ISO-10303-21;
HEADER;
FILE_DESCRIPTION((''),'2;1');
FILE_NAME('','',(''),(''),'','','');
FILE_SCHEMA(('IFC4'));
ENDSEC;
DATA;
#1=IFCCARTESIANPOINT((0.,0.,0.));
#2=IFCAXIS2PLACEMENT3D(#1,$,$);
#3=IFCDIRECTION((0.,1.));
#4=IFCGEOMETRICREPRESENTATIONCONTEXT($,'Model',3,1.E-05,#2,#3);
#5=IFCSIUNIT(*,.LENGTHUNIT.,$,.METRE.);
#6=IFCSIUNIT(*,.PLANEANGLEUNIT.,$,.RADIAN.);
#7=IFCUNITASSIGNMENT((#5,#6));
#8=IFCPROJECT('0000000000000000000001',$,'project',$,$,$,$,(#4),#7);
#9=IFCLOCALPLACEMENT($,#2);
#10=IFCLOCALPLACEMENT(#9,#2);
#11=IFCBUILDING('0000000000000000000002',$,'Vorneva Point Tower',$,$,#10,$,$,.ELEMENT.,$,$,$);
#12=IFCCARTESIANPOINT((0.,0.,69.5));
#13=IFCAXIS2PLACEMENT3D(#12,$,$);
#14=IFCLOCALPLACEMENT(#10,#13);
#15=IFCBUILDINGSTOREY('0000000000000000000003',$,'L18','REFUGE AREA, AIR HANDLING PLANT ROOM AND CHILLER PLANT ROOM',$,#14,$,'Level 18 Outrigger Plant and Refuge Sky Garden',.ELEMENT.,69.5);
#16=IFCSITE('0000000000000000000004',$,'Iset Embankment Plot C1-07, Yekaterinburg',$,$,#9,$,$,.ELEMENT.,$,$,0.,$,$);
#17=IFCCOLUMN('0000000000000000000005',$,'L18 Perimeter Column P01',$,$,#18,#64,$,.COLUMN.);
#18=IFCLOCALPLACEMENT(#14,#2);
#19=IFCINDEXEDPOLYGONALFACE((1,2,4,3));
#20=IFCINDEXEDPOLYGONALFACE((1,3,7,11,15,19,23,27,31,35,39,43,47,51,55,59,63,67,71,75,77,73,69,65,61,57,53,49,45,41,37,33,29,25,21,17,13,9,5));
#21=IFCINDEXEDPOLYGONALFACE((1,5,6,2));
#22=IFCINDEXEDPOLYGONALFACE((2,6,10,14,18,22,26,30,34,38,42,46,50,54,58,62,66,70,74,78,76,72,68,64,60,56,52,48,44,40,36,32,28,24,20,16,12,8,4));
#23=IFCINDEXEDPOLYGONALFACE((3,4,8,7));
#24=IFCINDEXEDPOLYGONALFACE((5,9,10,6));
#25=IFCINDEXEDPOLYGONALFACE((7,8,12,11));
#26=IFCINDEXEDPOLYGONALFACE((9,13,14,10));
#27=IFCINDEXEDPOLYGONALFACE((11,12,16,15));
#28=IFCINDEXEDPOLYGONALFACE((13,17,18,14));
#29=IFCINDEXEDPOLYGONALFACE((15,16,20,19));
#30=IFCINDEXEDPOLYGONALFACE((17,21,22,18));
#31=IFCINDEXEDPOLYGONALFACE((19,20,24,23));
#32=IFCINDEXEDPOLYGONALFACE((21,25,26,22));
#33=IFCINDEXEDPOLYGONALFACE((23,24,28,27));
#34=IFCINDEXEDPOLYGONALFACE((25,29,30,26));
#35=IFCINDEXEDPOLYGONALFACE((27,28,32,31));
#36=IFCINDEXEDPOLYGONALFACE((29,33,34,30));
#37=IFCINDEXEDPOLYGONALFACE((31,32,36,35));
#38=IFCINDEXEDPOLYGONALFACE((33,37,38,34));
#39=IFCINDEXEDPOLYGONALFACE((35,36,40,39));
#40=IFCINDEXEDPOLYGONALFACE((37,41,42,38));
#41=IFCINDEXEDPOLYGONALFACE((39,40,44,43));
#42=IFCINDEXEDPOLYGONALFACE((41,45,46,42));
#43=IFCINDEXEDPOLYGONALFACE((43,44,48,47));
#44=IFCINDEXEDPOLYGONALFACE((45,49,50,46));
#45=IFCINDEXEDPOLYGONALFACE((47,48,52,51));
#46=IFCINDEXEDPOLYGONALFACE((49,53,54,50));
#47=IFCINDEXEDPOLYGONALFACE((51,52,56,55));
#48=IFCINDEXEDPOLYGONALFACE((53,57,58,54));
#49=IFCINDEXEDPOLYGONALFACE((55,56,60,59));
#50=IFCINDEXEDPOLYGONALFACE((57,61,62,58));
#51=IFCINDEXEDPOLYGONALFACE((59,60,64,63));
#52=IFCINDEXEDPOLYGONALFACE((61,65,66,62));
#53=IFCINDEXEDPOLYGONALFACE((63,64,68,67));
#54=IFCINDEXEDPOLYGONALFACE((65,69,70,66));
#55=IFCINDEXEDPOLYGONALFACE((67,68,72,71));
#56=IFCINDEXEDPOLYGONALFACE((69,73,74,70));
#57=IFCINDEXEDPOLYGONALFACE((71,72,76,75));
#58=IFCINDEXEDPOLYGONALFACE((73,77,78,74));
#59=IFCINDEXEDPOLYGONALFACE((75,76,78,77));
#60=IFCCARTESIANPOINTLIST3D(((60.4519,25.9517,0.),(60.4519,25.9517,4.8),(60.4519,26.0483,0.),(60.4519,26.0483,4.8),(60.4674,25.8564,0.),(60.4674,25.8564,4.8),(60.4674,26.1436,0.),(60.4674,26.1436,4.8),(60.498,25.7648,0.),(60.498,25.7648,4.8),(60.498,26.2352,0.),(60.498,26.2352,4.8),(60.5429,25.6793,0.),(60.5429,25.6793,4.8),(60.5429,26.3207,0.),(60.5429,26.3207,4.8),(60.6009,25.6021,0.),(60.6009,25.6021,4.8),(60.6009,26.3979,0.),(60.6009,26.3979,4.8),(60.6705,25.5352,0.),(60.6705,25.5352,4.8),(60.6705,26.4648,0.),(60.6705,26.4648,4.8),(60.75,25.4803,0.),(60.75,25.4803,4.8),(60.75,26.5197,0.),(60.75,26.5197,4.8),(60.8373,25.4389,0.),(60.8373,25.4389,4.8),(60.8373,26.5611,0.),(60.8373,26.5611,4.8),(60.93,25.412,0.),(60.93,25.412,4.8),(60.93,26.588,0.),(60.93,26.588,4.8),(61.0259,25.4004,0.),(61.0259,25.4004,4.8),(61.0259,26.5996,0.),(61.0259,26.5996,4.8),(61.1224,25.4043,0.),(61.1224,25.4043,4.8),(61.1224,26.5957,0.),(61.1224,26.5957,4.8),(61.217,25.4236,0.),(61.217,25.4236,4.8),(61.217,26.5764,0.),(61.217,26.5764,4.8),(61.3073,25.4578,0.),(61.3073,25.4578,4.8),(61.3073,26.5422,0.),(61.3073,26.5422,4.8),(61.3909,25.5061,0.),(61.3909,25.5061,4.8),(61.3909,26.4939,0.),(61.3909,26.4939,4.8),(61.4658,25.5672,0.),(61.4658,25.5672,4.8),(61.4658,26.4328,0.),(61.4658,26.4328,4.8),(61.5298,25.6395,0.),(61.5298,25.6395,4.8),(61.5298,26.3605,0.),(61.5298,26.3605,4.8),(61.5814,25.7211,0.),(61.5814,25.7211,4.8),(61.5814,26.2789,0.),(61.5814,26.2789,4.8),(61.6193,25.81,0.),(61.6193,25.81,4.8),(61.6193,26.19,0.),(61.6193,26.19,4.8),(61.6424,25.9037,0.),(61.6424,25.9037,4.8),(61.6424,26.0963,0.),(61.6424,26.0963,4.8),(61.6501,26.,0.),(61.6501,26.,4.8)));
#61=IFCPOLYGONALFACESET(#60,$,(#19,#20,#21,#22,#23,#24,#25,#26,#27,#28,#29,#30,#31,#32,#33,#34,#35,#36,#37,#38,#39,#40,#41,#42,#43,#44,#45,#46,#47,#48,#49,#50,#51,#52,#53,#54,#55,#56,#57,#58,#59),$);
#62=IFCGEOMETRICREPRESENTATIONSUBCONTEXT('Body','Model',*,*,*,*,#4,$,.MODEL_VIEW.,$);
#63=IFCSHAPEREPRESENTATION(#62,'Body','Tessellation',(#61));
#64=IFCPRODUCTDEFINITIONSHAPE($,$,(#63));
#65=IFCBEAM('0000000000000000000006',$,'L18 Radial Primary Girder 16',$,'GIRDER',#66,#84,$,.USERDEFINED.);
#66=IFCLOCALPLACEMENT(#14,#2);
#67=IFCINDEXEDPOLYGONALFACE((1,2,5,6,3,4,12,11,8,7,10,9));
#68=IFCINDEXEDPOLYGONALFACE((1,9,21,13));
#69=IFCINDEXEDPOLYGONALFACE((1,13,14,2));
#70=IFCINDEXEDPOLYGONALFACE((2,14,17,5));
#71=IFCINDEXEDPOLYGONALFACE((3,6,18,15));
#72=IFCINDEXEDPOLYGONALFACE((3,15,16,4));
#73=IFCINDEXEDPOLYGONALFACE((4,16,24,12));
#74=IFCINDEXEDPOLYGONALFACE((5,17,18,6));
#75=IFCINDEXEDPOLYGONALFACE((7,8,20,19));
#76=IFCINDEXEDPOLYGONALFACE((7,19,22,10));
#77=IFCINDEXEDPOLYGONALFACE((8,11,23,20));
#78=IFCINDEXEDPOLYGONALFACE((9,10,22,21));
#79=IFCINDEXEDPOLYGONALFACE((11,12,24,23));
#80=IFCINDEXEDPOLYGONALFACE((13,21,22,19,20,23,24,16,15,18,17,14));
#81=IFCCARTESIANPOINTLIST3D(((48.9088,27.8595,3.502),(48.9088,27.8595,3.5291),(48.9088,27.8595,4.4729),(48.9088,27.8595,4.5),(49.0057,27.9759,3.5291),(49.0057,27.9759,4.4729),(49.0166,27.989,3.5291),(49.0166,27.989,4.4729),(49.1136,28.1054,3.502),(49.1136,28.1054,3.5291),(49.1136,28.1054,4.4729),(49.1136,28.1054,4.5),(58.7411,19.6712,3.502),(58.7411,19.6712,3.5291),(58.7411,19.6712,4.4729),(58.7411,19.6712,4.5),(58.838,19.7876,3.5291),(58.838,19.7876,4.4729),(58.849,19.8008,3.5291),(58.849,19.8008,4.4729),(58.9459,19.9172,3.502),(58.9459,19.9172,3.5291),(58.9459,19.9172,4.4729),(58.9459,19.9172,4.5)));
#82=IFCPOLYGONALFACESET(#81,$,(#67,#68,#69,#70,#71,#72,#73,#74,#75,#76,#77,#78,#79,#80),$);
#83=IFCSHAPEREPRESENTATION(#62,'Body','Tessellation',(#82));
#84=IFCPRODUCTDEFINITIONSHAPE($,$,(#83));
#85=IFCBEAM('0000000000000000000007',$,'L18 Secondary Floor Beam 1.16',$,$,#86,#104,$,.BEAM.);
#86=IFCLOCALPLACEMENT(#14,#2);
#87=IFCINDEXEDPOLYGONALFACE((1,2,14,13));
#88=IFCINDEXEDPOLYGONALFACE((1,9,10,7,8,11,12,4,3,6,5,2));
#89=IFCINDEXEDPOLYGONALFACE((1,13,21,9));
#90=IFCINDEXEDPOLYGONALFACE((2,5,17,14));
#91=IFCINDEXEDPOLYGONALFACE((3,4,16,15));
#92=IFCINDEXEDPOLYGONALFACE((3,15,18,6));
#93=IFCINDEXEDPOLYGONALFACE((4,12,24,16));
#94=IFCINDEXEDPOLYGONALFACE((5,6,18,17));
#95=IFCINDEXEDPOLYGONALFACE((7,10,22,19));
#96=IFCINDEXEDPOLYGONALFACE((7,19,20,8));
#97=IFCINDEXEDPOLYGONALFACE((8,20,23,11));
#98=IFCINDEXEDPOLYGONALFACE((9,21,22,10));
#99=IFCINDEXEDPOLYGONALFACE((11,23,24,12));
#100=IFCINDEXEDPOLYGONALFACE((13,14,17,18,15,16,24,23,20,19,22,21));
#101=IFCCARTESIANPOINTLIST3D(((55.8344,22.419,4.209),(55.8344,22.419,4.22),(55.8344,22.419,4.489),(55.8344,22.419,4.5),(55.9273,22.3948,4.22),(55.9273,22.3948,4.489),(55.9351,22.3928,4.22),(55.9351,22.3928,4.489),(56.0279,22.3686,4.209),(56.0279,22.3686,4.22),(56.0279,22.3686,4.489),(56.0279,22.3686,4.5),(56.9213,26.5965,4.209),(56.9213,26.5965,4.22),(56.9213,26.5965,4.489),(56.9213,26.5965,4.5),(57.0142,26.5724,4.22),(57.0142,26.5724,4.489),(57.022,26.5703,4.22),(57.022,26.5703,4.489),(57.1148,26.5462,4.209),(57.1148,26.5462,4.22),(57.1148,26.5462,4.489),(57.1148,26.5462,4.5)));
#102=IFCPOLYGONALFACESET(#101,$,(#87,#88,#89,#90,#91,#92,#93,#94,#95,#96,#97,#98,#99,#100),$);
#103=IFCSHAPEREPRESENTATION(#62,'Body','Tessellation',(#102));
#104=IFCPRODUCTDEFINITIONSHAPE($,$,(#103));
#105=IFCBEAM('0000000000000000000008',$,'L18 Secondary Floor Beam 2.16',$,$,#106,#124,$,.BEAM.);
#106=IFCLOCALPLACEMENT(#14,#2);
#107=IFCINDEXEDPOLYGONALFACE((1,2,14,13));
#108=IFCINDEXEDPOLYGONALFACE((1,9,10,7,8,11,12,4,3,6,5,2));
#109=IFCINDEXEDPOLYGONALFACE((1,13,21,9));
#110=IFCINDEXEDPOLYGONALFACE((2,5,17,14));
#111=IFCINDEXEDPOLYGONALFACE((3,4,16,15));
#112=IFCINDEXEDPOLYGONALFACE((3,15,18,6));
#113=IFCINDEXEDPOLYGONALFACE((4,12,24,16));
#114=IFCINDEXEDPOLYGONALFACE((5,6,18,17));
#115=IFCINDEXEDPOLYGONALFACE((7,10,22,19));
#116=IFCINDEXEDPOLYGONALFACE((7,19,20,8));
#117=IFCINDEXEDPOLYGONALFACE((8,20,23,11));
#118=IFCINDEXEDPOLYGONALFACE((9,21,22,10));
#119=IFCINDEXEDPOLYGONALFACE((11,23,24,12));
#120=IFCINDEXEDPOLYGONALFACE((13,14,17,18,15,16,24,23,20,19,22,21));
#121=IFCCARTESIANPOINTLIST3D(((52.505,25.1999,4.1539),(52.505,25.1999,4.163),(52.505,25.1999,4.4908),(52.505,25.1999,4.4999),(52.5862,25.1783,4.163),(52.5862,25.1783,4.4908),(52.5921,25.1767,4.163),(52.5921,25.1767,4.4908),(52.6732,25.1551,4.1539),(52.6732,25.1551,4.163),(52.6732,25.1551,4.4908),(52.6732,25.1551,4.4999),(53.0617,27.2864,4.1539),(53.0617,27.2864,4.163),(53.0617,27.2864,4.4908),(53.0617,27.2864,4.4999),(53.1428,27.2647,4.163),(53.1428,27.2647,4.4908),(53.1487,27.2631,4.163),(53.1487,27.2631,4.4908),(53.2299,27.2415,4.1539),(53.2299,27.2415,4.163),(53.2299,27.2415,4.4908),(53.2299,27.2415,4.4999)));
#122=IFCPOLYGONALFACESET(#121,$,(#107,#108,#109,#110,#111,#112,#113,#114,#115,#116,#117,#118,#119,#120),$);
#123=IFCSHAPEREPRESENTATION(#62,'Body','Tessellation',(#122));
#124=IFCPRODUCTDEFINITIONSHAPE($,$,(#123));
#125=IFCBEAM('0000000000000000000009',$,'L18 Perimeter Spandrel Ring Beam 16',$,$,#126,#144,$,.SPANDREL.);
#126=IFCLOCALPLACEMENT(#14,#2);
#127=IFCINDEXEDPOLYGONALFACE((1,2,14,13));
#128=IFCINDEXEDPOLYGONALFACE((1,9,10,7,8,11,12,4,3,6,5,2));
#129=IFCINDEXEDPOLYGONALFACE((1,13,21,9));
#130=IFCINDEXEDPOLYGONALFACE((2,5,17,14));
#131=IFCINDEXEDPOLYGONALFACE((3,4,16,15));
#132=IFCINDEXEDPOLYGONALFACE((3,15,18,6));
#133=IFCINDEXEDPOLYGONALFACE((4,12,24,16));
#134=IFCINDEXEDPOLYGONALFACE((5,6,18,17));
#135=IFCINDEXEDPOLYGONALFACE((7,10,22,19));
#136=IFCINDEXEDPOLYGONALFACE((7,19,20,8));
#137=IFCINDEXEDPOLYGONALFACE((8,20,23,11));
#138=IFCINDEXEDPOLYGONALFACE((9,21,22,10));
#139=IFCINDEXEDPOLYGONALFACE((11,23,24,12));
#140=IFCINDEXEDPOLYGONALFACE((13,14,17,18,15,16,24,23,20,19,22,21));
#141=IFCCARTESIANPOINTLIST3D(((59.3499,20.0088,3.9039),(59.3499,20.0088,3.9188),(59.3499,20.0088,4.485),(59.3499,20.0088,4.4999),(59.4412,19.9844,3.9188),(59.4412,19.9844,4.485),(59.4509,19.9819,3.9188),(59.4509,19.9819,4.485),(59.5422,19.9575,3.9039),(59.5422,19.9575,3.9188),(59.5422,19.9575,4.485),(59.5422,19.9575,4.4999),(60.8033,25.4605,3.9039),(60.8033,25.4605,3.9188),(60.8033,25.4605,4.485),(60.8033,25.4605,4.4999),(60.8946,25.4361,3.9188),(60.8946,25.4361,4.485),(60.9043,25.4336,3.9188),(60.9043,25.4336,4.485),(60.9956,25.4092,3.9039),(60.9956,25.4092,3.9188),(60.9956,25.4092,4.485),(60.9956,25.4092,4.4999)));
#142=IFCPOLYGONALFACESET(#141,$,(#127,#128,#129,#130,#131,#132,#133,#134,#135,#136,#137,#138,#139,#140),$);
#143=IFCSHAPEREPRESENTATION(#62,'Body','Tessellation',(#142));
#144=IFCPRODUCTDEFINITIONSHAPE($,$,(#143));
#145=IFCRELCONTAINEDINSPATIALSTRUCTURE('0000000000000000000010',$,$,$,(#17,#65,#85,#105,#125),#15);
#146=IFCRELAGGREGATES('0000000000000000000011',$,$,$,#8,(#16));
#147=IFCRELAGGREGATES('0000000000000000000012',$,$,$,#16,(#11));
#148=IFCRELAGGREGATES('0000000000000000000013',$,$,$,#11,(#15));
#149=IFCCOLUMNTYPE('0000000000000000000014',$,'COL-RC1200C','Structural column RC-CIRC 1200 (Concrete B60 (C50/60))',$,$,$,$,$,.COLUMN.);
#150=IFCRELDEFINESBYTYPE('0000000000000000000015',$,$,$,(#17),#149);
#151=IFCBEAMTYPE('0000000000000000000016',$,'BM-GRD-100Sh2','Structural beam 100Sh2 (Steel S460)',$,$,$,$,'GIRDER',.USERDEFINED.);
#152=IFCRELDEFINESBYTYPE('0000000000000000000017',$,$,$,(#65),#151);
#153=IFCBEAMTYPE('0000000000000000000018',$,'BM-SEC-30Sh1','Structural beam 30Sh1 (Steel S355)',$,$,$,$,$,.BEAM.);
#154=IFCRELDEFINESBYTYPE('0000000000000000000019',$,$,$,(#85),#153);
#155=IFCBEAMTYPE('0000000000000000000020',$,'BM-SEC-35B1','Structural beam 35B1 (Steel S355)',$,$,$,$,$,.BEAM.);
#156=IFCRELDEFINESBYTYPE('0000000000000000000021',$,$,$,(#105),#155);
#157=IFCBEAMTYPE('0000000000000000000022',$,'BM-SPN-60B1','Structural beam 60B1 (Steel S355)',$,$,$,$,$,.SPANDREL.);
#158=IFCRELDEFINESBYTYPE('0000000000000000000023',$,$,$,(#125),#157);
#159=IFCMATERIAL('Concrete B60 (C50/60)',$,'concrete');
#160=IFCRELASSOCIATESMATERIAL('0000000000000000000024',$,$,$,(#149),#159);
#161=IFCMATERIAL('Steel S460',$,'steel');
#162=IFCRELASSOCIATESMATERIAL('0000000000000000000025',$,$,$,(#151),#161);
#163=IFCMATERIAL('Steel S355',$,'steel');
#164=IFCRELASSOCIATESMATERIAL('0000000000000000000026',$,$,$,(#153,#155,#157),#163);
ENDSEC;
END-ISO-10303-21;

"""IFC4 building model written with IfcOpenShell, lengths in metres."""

from ifc_helpers import new_model, si_unit, direction, frame, origin, origin_2d, place, context, subcontext, project, spatial, circle, i_section, extrude, material, material_profile, profile_set, type_object, element, save


model = new_model("IFC4")

# Units and contexts
model_context = context("Model", 3, precision=1e-05, world=origin(), true_north=direction((0.0, 1.0)))
body_context = subcontext(model_context, "Body", "Model", "MODEL_VIEW")
ifc_project = project(units=[si_unit("LENGTHUNIT", "METRE"), si_unit("PLANEANGLEUNIT", "RADIAN")], contexts=[model_context])

# Site, building, storey
site_placement = place(None, origin())
site = spatial("IfcSite", under=ifc_project, at=site_placement, Name="Iset Embankment Plot C1-07, Yekaterinburg", CompositionType="ELEMENT", RefElevation=0.0)
building_placement = place(site_placement, origin())
building = spatial("IfcBuilding", under=site, at=building_placement, Name="Vorneva Point Tower", CompositionType="ELEMENT")
storey_placement = place(building_placement, frame((0.0, 0.0, 69.5)))
storey = spatial("IfcBuildingStorey", under=building, at=storey_placement, Name="L18", Description="REFUGE AREA, AIR HANDLING PLANT ROOM AND CHILLER PLANT ROOM", LongName="Level 18 Outrigger Plant and Refuge Sky Garden", CompositionType="ELEMENT", Elevation=69.5)

# Column
ifc_material_1 = material(Name="Concrete B60 (C50/60)", Category="concrete")
ifc_material_profile_1 = material_profile(ifc_material_1, circle(Radius=0.6001, at=origin_2d()), Name="RC-CIRC 1200")
ifc_profile_set_1 = profile_set([ifc_material_profile_1], Name="Concrete B60 (C50/60)")
column_type = type_object("IfcColumnType", Name="COL-RC1200C", Description="Structural column RC-CIRC 1200 (Concrete B60 (C50/60))", PredefinedType="COLUMN", material=ifc_profile_set_1)
for number, where, z_axis, x_axis, name in (
    (1, (61.05, 26.0, 0.0), (0.0, 0.0, 1.0), (1.0, 0.0, 0.0), "L18 Perimeter Column P01"),
):
    element("IfcColumn", number, at=place(storey_placement, frame(where, z_axis=z_axis, x_axis=x_axis)), inside=storey, type_object=column_type, Name=name, PredefinedType="COLUMN", context=body_context, shape_type="SweptSolid", body=[
        extrude(circle(Radius=0.6001, at=origin_2d()), origin(), (0.0, 0.0, 1.0), 4.8),
    ])

# Beams
ifc_material_2 = material(Name="Steel S460", Category="steel")
ifc_material_profile_2 = material_profile(ifc_material_2, i_section(OverallWidth=0.3201, OverallDepth=0.998, WebThickness=0.0171, FlangeThickness=0.0271, at=origin_2d()), Name="100Sh2")
ifc_profile_set_2 = profile_set([ifc_material_profile_2], Name="Steel S460")
beam_type_1 = type_object("IfcBeamType", Name="BM-GRD-100Sh2", Description="Structural beam 100Sh2 (Steel S460)", ElementType="GIRDER", PredefinedType="USERDEFINED", material=ifc_profile_set_2)
beam_1_placement = place(storey_placement, frame((58.8435, 19.7942, 4.001), z_axis=(-0.768426, 0.639939, 0.0), x_axis=(-0.639939, -0.768426, 0.0)))
element("IfcBeam", 2, at=beam_1_placement, inside=storey, type_object=beam_type_1, Name="L18 Radial Primary Girder 16", ObjectType="GIRDER", PredefinedType="USERDEFINED", context=body_context, shape_type="SweptSolid", body=[
    extrude(i_section(OverallWidth=0.3201, OverallDepth=0.998, WebThickness=0.0171, FlangeThickness=0.0271, at=origin_2d()), origin(), (0.0, 0.0, 1.0), 12.7954),
])
ifc_material_3 = material(Name="Steel S355", Category="steel")
ifc_material_profile_3 = material_profile(ifc_material_3, i_section(OverallWidth=0.2, OverallDepth=0.291, WebThickness=0.0081, FlangeThickness=0.011, at=origin_2d()), Name="30Sh1")
ifc_profile_set_3 = profile_set([ifc_material_profile_3], Name="Steel S355")
beam_type_2 = type_object("IfcBeamType", Name="BM-SEC-30Sh1", Description="Structural beam 30Sh1 (Steel S355)", PredefinedType="BEAM", material=ifc_profile_set_3)
beam_2_placement = place(storey_placement, frame((55.9312, 22.3938, 4.3545), z_axis=(0.2518, 0.967779, 0.0), x_axis=(-0.967779, 0.2518, 0.0)))
element("IfcBeam", 3, at=beam_2_placement, inside=storey, type_object=beam_type_2, Name="L18 Secondary Floor Beam 1.16", PredefinedType="BEAM", context=body_context, shape_type="SweptSolid", body=[
    extrude(i_section(OverallWidth=0.2, OverallDepth=0.291, WebThickness=0.0081, FlangeThickness=0.011, at=origin_2d()), origin(), (0.0, 0.0, 1.0), 4.3167),
])
ifc_material_profile_4 = material_profile(ifc_material_3, i_section(OverallWidth=0.1741, OverallDepth=0.3459, WebThickness=0.0061, FlangeThickness=0.009, at=origin_2d()), Name="35B1")
ifc_profile_set_4 = profile_set([ifc_material_profile_4], Name="Steel S355")
beam_type_3 = type_object("IfcBeamType", Name="BM-SEC-35B1", Description="Structural beam 35B1 (Steel S355)", PredefinedType="BEAM", material=ifc_profile_set_4)
beam_3_placement = place(storey_placement, frame((52.5891, 25.1775, 4.3269), z_axis=(0.257775, 0.966205, 0.0), x_axis=(-0.966205, 0.257775, 0.0)))
element("IfcBeam", 4, at=beam_3_placement, inside=storey, type_object=beam_type_3, Name="L18 Secondary Floor Beam 2.16", PredefinedType="BEAM", context=body_context, shape_type="SweptSolid", body=[
    extrude(i_section(OverallWidth=0.1741, OverallDepth=0.3459, WebThickness=0.0061, FlangeThickness=0.009, at=origin_2d()), origin(), (0.0, 0.0, 1.0), 2.1594),
])
ifc_material_profile_5 = material_profile(ifc_material_3, i_section(OverallWidth=0.199, OverallDepth=0.5959, WebThickness=0.01, FlangeThickness=0.0149, at=origin_2d()), Name="60B1")
ifc_profile_set_5 = profile_set([ifc_material_profile_5], Name="Steel S355")
beam_type_4 = type_object("IfcBeamType", Name="BM-SPN-60B1", Description="Structural beam 60B1 (Steel S355)", PredefinedType="SPANDREL", material=ifc_profile_set_5)
beam_4_placement = place(storey_placement, frame((59.446, 19.9832, 4.2019), z_axis=(0.257595, 0.966253, 0.0), x_axis=(-0.966253, 0.257595, 0.0)))
element("IfcBeam", 5, at=beam_4_placement, inside=storey, type_object=beam_type_4, Name="L18 Perimeter Spandrel Ring Beam 16", PredefinedType="SPANDREL", context=body_context, shape_type="SweptSolid", body=[
    extrude(i_section(OverallWidth=0.199, OverallDepth=0.5959, WebThickness=0.01, FlangeThickness=0.0149, at=origin_2d()), origin(), (0.0, 0.0, 1.0), 5.6421),
])

save(model, "model.ifc")
